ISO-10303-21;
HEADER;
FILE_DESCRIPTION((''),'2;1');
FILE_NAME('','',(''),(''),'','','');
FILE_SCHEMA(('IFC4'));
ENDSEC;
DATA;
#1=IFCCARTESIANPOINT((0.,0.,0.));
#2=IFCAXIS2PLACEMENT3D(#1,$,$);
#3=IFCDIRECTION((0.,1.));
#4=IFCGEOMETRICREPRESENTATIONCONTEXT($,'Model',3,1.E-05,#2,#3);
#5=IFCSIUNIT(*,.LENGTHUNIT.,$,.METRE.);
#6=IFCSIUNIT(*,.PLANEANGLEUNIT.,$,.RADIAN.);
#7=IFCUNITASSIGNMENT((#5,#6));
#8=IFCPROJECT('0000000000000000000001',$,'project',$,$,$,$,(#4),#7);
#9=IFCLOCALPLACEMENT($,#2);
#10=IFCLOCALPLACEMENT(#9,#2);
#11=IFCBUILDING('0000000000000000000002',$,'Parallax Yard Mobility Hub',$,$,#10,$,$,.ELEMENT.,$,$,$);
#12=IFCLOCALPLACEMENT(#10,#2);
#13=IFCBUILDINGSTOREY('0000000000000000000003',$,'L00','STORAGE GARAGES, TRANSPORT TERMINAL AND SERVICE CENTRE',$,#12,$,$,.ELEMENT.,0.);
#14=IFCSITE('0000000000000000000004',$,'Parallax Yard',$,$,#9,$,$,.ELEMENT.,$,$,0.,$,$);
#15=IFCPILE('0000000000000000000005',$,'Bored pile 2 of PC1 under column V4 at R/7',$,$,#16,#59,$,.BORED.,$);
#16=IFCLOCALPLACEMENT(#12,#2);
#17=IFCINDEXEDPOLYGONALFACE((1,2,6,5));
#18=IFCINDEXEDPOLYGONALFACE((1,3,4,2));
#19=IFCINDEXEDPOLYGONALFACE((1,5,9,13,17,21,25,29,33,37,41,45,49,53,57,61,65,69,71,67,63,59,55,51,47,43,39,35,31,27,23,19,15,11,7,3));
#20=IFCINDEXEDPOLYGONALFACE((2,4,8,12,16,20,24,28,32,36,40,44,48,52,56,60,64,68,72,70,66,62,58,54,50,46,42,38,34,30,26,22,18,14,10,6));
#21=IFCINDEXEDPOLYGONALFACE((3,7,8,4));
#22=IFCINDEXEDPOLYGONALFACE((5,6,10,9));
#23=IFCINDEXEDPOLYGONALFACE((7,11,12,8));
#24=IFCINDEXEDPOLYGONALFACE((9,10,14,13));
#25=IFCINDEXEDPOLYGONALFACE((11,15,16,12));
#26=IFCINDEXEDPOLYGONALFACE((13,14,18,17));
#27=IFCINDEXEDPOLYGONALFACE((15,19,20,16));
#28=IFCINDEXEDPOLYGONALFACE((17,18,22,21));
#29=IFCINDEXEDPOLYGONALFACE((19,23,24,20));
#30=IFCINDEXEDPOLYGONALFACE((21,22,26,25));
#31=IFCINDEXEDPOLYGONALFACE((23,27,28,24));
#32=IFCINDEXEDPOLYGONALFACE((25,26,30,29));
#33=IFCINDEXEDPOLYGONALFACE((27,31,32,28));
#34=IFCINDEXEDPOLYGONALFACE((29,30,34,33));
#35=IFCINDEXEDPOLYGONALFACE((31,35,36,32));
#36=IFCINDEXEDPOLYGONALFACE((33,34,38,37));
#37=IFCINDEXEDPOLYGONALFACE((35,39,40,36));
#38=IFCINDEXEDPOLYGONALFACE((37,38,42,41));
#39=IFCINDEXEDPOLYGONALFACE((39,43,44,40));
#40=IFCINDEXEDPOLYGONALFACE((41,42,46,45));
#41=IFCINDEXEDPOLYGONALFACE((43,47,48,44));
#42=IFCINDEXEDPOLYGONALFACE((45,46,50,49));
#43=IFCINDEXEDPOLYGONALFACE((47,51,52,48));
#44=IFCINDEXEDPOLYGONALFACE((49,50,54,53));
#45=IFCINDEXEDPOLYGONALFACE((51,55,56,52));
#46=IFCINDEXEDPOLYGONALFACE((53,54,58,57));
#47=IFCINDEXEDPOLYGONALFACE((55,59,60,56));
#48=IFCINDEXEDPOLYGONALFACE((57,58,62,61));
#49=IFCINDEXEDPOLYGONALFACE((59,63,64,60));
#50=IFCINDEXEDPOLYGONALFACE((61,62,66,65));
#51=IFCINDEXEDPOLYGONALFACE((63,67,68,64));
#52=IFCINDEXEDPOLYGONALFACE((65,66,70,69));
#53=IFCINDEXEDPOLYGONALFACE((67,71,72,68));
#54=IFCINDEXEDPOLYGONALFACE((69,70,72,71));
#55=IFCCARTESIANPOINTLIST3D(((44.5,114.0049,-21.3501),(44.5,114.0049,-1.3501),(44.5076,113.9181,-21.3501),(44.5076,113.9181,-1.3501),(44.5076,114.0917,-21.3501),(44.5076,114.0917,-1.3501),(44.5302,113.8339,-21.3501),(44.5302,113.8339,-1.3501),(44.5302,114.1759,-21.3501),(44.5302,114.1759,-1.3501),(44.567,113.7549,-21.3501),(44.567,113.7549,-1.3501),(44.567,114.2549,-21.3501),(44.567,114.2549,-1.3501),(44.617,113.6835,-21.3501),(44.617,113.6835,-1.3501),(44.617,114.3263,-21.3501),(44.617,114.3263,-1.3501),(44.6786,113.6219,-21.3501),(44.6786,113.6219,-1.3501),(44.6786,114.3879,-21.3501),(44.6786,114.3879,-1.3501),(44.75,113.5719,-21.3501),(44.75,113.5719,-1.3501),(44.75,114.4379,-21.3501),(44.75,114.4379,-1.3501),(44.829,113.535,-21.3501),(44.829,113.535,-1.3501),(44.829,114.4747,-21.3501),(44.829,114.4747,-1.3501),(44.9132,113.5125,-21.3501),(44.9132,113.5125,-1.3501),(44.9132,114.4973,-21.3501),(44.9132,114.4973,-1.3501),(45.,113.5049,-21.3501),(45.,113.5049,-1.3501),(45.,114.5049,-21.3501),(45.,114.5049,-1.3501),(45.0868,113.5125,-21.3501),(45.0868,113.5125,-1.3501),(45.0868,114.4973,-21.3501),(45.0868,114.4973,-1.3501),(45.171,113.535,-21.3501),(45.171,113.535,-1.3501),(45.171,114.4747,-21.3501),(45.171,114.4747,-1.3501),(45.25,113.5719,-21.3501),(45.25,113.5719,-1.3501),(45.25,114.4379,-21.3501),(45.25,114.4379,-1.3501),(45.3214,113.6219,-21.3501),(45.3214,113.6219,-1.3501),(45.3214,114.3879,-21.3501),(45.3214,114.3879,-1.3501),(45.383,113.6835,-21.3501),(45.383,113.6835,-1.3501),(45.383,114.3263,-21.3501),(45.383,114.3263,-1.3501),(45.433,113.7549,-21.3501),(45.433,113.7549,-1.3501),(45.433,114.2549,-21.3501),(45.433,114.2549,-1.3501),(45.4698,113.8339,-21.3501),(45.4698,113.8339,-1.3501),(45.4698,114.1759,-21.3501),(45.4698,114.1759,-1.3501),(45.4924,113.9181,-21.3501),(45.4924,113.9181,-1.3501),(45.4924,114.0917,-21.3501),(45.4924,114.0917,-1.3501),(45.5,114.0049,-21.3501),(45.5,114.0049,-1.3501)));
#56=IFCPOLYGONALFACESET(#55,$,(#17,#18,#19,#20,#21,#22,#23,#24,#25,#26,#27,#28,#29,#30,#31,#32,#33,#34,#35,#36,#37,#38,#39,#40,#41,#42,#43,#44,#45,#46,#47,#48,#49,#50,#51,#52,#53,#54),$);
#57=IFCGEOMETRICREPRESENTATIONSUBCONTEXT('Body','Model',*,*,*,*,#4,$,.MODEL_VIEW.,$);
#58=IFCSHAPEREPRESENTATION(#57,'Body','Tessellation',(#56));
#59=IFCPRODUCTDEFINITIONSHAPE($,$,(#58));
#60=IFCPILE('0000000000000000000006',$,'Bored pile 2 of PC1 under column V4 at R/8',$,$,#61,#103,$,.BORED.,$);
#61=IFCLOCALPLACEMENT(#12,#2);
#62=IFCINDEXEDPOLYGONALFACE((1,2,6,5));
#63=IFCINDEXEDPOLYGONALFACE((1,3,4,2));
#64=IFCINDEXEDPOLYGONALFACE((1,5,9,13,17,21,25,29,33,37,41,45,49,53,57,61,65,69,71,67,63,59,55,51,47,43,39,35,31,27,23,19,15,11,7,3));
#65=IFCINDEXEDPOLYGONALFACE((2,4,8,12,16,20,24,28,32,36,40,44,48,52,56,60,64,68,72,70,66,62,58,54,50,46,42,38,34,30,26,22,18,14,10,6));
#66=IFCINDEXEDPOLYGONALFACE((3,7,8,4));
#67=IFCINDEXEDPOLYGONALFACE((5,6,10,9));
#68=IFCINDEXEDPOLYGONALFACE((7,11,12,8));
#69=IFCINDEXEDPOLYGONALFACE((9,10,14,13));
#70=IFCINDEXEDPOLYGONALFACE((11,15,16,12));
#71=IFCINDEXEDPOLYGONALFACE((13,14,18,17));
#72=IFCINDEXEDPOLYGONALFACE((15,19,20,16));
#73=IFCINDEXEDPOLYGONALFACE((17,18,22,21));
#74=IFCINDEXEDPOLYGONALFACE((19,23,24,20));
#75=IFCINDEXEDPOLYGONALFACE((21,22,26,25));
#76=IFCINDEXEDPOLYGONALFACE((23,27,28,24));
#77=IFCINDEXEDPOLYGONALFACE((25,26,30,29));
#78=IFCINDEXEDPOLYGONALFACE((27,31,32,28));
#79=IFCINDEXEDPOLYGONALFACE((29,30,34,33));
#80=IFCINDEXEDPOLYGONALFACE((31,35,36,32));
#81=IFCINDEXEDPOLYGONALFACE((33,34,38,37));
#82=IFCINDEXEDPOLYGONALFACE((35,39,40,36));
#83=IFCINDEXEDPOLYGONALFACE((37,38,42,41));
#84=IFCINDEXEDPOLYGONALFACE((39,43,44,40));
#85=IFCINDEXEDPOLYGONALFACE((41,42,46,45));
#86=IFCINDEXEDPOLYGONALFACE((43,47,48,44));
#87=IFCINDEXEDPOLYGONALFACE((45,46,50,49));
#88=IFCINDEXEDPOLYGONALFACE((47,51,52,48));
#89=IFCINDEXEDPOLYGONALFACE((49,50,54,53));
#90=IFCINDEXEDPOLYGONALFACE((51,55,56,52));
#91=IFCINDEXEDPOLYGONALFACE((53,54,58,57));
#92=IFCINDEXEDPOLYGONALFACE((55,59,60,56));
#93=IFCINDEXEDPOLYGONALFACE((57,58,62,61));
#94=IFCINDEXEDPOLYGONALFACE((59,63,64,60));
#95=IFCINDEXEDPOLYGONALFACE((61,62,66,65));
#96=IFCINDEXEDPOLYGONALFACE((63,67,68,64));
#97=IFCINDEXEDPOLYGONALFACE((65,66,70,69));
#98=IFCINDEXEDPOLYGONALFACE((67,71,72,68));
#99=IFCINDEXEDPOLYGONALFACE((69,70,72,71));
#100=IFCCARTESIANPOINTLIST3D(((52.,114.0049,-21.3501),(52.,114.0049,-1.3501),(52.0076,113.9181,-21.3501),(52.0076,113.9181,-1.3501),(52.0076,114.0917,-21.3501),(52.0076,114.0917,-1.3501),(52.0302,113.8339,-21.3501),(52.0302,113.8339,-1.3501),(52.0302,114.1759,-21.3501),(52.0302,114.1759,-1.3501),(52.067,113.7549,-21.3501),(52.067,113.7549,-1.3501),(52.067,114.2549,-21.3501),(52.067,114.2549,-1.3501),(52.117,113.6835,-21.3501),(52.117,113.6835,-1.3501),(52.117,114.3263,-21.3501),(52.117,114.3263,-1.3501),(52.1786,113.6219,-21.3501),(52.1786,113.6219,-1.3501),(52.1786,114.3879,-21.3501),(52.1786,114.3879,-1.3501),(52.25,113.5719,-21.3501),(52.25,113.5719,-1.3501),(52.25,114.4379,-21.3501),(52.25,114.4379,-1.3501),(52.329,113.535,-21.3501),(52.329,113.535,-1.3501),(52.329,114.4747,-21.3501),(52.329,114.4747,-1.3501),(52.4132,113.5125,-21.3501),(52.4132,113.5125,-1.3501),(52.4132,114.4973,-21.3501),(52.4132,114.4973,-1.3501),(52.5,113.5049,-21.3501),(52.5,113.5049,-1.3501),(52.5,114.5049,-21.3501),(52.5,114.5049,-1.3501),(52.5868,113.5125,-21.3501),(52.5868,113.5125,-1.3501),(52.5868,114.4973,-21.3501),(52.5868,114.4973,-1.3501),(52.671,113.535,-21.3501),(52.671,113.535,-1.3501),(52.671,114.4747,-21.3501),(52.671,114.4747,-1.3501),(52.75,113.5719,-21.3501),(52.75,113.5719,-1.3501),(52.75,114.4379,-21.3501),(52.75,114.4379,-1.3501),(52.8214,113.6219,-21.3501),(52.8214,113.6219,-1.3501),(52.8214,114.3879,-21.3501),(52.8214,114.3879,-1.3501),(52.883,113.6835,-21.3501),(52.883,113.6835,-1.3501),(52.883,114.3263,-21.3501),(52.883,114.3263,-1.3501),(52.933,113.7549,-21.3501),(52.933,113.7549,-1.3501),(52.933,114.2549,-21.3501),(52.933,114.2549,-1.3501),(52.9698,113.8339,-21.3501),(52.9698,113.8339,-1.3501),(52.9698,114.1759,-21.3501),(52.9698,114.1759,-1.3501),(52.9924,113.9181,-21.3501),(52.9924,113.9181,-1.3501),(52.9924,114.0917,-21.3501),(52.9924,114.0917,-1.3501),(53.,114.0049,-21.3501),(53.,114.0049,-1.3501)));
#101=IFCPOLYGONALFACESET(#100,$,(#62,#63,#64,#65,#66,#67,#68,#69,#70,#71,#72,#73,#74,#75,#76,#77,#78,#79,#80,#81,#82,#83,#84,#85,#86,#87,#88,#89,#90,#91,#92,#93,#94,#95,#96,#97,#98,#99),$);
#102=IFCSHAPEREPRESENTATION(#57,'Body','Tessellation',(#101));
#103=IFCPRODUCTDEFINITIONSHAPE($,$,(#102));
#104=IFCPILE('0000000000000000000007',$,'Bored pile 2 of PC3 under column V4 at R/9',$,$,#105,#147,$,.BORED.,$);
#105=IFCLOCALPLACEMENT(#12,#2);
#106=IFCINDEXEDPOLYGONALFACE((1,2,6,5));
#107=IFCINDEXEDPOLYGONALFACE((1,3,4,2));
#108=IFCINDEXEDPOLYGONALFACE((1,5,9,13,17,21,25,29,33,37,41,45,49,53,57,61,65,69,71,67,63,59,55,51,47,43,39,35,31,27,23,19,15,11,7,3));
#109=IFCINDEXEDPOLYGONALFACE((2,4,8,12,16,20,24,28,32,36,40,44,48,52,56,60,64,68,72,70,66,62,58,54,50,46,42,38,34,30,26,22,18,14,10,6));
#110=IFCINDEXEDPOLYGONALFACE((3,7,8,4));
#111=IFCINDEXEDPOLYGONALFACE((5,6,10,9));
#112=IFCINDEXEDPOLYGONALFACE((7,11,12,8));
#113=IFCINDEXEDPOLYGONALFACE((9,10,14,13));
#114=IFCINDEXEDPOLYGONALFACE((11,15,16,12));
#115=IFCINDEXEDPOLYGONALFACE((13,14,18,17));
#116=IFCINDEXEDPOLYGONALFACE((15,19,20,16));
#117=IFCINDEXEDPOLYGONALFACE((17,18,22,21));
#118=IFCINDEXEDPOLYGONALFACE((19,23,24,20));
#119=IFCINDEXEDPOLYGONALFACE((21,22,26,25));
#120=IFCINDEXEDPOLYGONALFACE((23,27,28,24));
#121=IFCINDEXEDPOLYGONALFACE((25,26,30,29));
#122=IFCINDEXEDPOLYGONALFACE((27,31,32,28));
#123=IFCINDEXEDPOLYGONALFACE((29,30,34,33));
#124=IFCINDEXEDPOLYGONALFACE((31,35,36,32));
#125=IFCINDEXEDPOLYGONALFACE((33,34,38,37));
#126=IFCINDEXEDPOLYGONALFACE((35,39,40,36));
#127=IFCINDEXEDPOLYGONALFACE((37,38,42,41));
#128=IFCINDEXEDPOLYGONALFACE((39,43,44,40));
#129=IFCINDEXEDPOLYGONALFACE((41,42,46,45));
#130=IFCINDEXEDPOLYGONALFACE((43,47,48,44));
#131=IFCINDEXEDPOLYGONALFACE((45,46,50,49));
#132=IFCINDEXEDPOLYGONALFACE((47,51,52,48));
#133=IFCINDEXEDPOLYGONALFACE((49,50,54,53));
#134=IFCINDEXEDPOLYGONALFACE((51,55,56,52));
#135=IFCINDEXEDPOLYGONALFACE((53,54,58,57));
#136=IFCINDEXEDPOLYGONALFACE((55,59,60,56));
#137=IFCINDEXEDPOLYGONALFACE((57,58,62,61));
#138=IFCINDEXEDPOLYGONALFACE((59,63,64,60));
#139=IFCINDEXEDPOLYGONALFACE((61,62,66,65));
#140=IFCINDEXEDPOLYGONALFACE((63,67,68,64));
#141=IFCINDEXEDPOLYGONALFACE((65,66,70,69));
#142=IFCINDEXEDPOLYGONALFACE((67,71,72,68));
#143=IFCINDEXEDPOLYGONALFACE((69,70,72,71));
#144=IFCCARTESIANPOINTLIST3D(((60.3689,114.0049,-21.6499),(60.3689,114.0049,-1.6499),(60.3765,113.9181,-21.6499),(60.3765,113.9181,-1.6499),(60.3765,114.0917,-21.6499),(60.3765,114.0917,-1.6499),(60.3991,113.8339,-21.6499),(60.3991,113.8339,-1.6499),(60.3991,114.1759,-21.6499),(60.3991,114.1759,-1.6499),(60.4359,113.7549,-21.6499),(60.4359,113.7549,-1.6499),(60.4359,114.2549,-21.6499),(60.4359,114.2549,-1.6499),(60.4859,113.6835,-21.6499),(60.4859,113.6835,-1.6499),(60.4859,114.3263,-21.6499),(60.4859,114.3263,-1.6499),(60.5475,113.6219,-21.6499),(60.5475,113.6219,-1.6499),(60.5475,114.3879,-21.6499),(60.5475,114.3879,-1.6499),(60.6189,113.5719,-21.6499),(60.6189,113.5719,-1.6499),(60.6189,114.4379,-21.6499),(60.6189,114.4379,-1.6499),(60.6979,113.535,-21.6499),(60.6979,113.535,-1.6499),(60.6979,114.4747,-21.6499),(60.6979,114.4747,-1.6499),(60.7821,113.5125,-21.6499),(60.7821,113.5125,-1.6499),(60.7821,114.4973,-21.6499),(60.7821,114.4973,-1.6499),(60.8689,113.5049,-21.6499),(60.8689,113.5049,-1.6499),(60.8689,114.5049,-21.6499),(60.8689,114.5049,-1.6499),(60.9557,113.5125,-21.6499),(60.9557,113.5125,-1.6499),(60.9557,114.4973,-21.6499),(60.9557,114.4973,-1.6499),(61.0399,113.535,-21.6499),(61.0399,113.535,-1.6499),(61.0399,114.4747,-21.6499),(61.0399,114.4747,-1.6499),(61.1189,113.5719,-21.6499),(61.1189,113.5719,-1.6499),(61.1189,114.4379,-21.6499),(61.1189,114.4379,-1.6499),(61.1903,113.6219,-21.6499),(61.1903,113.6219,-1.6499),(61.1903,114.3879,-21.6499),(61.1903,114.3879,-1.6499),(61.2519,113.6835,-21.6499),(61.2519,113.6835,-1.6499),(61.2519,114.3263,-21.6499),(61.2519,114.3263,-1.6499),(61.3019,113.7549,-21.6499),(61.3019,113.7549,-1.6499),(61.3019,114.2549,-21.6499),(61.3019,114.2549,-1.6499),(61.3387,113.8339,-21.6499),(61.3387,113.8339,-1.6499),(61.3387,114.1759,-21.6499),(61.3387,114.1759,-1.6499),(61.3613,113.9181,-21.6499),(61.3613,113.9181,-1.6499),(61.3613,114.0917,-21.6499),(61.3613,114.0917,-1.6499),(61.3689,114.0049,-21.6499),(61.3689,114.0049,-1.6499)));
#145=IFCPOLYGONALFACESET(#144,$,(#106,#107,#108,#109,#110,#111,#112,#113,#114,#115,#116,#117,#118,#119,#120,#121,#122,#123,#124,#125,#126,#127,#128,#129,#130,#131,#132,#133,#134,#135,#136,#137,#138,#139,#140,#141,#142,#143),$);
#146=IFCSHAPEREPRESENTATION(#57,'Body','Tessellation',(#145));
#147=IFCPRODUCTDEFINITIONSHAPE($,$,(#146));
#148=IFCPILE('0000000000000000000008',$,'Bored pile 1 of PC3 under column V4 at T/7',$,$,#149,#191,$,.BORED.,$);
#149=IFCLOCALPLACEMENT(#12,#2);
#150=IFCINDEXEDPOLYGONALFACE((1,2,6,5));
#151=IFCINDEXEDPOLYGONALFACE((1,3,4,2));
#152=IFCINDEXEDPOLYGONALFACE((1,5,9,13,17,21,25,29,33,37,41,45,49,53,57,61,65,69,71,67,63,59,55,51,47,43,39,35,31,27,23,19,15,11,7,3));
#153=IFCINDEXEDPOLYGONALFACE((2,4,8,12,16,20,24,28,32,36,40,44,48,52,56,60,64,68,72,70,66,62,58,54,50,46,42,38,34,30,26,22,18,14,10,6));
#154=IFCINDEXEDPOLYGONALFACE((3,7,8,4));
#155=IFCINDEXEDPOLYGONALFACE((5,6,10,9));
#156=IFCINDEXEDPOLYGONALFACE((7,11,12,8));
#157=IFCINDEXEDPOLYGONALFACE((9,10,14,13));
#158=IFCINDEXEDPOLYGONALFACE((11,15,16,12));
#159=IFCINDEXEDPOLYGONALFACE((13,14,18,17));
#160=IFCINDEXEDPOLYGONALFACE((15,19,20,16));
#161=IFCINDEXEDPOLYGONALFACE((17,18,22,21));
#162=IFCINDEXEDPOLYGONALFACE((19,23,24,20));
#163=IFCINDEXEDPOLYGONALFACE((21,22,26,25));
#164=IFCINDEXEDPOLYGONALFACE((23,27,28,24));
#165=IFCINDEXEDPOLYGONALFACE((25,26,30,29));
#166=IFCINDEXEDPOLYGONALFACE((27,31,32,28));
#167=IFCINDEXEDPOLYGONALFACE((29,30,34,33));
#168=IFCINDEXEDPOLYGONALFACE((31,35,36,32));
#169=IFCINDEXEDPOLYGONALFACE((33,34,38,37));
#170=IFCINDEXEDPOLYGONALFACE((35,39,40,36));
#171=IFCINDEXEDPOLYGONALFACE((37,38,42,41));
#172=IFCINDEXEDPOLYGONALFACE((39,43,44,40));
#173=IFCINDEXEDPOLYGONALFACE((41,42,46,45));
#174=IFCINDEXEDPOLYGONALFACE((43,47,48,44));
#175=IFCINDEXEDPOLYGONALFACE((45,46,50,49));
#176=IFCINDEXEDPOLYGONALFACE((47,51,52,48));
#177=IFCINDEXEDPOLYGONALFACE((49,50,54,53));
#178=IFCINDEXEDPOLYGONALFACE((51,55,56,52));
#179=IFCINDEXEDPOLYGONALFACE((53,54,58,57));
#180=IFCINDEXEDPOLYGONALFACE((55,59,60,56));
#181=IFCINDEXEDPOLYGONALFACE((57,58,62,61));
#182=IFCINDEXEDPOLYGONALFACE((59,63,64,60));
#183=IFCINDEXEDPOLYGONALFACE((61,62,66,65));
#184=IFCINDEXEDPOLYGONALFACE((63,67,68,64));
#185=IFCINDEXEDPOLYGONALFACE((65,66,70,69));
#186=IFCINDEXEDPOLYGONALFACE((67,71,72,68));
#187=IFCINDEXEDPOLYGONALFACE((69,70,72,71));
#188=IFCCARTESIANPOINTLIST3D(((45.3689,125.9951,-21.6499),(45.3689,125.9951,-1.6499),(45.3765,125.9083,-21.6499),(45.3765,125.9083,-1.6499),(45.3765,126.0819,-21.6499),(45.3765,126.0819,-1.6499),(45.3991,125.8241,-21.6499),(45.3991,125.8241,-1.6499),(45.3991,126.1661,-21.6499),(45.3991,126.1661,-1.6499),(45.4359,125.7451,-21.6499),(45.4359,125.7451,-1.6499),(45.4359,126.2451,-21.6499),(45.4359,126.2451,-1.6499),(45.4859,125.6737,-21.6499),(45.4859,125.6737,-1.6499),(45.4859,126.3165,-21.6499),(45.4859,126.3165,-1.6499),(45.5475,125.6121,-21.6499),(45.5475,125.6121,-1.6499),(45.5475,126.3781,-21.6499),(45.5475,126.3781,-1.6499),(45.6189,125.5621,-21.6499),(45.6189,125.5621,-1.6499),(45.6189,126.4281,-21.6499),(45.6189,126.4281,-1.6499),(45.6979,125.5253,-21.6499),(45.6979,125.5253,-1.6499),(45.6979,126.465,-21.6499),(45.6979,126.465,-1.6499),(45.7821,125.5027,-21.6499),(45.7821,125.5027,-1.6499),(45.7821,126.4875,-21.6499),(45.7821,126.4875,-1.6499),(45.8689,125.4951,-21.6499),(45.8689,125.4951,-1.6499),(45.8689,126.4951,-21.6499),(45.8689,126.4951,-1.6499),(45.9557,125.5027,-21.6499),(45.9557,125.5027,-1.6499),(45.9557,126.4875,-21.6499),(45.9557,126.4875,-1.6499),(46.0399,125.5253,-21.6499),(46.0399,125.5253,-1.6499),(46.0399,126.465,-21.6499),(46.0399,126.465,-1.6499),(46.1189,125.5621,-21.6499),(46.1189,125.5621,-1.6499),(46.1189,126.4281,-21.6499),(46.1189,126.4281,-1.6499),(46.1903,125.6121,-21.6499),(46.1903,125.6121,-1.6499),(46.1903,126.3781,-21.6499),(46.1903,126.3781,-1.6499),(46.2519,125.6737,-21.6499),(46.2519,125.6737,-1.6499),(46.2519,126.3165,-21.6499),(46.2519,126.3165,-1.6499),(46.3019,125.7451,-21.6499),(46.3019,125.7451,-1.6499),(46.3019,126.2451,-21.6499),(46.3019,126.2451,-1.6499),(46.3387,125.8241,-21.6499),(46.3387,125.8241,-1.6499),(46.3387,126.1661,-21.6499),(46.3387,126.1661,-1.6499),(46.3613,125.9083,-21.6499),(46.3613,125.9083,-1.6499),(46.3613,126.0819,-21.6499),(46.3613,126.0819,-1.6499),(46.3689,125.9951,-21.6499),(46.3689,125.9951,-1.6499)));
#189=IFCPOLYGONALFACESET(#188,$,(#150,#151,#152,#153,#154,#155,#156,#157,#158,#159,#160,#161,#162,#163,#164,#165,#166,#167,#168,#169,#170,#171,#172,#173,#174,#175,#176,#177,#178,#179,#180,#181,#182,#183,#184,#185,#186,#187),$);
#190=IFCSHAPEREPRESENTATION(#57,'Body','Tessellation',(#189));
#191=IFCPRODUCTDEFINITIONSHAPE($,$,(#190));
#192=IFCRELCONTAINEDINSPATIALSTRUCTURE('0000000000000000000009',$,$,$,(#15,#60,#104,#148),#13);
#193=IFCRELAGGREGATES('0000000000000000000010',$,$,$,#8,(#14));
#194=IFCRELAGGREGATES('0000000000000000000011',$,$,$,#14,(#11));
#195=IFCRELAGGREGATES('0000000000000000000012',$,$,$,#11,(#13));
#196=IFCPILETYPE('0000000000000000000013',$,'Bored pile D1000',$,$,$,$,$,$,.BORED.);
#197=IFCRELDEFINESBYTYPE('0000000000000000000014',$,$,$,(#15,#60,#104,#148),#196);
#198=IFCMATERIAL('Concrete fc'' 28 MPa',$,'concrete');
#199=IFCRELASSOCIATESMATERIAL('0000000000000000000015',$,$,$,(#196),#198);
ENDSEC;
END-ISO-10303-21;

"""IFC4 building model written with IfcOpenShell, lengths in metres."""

from ifc_helpers import new_model, si_unit, direction, frame, origin, origin_2d, place, context, subcontext, project, spatial, circle, extrude, material, material_profile, profile_set, type_object, element, save


model = new_model("IFC4")

# Units and contexts
model_context = context("Model", 3, precision=1e-05, world=origin(), true_north=direction((0.0, 1.0)))
body_context = subcontext(model_context, "Body", "Model", "MODEL_VIEW")
ifc_project = project(units=[si_unit("LENGTHUNIT", "METRE"), si_unit("PLANEANGLEUNIT", "RADIAN")], contexts=[model_context])

# Site, building, storey
site_placement = place(None, origin())
site = spatial("IfcSite", under=ifc_project, at=site_placement, Name="Parallax Yard", CompositionType="ELEMENT", RefElevation=0.0)
building_placement = place(site_placement, origin())
building = spatial("IfcBuilding", under=site, at=building_placement, Name="Parallax Yard Mobility Hub", CompositionType="ELEMENT")
storey_placement = place(building_placement, origin())
storey = spatial("IfcBuildingStorey", under=building, at=storey_placement, Name="L00", Description="STORAGE GARAGES, TRANSPORT TERMINAL AND SERVICE CENTRE", CompositionType="ELEMENT", Elevation=0.0)

# Piles
ifc_material_1 = material(Name="Concrete fc' 28 MPa", Category="concrete")
ifc_material_profile_1 = material_profile(ifc_material_1, circle(Radius=0.5, at=origin_2d()), Name="Bored pile D1000")
ifc_profile_set_1 = profile_set([ifc_material_profile_1], Name="Concrete fc' 28 MPa")
pile_type = type_object("IfcPileType", Name="Bored pile D1000", PredefinedType="BORED", material=ifc_profile_set_1)
for number, where, z_axis, x_axis, name in (
    (1, (45.0, 114.0049, -1.3501), (0.0, 0.0, -1.0), (1.0, 0.0, 0.0), "Bored pile 2 of PC1 under column V4 at R/7"),
    (2, (52.5, 114.0049, -1.3501), (0.0, 0.0, -1.0), (1.0, 0.0, 0.0), "Bored pile 2 of PC1 under column V4 at R/8"),
    (3, (60.8689, 114.0049, -1.6499), (0.0, 0.0, -1.0), (1.0, 0.0, 0.0), "Bored pile 2 of PC3 under column V4 at R/9"),
    (4, (45.8689, 125.9951, -1.6499), (0.0, 0.0, -1.0), (1.0, 0.0, 0.0), "Bored pile 1 of PC3 under column V4 at T/7"),
):
    element("IfcPile", number, at=place(storey_placement, frame(where, z_axis=z_axis, x_axis=x_axis)), inside=storey, type_object=pile_type, Name=name, PredefinedType="BORED", context=body_context, shape_type="SweptSolid", body=[
        extrude(circle(Radius=0.5, at=origin_2d()), origin(), (0.0, 0.0, 1.0), 20.0),
    ])

save(model, "model.ifc")
